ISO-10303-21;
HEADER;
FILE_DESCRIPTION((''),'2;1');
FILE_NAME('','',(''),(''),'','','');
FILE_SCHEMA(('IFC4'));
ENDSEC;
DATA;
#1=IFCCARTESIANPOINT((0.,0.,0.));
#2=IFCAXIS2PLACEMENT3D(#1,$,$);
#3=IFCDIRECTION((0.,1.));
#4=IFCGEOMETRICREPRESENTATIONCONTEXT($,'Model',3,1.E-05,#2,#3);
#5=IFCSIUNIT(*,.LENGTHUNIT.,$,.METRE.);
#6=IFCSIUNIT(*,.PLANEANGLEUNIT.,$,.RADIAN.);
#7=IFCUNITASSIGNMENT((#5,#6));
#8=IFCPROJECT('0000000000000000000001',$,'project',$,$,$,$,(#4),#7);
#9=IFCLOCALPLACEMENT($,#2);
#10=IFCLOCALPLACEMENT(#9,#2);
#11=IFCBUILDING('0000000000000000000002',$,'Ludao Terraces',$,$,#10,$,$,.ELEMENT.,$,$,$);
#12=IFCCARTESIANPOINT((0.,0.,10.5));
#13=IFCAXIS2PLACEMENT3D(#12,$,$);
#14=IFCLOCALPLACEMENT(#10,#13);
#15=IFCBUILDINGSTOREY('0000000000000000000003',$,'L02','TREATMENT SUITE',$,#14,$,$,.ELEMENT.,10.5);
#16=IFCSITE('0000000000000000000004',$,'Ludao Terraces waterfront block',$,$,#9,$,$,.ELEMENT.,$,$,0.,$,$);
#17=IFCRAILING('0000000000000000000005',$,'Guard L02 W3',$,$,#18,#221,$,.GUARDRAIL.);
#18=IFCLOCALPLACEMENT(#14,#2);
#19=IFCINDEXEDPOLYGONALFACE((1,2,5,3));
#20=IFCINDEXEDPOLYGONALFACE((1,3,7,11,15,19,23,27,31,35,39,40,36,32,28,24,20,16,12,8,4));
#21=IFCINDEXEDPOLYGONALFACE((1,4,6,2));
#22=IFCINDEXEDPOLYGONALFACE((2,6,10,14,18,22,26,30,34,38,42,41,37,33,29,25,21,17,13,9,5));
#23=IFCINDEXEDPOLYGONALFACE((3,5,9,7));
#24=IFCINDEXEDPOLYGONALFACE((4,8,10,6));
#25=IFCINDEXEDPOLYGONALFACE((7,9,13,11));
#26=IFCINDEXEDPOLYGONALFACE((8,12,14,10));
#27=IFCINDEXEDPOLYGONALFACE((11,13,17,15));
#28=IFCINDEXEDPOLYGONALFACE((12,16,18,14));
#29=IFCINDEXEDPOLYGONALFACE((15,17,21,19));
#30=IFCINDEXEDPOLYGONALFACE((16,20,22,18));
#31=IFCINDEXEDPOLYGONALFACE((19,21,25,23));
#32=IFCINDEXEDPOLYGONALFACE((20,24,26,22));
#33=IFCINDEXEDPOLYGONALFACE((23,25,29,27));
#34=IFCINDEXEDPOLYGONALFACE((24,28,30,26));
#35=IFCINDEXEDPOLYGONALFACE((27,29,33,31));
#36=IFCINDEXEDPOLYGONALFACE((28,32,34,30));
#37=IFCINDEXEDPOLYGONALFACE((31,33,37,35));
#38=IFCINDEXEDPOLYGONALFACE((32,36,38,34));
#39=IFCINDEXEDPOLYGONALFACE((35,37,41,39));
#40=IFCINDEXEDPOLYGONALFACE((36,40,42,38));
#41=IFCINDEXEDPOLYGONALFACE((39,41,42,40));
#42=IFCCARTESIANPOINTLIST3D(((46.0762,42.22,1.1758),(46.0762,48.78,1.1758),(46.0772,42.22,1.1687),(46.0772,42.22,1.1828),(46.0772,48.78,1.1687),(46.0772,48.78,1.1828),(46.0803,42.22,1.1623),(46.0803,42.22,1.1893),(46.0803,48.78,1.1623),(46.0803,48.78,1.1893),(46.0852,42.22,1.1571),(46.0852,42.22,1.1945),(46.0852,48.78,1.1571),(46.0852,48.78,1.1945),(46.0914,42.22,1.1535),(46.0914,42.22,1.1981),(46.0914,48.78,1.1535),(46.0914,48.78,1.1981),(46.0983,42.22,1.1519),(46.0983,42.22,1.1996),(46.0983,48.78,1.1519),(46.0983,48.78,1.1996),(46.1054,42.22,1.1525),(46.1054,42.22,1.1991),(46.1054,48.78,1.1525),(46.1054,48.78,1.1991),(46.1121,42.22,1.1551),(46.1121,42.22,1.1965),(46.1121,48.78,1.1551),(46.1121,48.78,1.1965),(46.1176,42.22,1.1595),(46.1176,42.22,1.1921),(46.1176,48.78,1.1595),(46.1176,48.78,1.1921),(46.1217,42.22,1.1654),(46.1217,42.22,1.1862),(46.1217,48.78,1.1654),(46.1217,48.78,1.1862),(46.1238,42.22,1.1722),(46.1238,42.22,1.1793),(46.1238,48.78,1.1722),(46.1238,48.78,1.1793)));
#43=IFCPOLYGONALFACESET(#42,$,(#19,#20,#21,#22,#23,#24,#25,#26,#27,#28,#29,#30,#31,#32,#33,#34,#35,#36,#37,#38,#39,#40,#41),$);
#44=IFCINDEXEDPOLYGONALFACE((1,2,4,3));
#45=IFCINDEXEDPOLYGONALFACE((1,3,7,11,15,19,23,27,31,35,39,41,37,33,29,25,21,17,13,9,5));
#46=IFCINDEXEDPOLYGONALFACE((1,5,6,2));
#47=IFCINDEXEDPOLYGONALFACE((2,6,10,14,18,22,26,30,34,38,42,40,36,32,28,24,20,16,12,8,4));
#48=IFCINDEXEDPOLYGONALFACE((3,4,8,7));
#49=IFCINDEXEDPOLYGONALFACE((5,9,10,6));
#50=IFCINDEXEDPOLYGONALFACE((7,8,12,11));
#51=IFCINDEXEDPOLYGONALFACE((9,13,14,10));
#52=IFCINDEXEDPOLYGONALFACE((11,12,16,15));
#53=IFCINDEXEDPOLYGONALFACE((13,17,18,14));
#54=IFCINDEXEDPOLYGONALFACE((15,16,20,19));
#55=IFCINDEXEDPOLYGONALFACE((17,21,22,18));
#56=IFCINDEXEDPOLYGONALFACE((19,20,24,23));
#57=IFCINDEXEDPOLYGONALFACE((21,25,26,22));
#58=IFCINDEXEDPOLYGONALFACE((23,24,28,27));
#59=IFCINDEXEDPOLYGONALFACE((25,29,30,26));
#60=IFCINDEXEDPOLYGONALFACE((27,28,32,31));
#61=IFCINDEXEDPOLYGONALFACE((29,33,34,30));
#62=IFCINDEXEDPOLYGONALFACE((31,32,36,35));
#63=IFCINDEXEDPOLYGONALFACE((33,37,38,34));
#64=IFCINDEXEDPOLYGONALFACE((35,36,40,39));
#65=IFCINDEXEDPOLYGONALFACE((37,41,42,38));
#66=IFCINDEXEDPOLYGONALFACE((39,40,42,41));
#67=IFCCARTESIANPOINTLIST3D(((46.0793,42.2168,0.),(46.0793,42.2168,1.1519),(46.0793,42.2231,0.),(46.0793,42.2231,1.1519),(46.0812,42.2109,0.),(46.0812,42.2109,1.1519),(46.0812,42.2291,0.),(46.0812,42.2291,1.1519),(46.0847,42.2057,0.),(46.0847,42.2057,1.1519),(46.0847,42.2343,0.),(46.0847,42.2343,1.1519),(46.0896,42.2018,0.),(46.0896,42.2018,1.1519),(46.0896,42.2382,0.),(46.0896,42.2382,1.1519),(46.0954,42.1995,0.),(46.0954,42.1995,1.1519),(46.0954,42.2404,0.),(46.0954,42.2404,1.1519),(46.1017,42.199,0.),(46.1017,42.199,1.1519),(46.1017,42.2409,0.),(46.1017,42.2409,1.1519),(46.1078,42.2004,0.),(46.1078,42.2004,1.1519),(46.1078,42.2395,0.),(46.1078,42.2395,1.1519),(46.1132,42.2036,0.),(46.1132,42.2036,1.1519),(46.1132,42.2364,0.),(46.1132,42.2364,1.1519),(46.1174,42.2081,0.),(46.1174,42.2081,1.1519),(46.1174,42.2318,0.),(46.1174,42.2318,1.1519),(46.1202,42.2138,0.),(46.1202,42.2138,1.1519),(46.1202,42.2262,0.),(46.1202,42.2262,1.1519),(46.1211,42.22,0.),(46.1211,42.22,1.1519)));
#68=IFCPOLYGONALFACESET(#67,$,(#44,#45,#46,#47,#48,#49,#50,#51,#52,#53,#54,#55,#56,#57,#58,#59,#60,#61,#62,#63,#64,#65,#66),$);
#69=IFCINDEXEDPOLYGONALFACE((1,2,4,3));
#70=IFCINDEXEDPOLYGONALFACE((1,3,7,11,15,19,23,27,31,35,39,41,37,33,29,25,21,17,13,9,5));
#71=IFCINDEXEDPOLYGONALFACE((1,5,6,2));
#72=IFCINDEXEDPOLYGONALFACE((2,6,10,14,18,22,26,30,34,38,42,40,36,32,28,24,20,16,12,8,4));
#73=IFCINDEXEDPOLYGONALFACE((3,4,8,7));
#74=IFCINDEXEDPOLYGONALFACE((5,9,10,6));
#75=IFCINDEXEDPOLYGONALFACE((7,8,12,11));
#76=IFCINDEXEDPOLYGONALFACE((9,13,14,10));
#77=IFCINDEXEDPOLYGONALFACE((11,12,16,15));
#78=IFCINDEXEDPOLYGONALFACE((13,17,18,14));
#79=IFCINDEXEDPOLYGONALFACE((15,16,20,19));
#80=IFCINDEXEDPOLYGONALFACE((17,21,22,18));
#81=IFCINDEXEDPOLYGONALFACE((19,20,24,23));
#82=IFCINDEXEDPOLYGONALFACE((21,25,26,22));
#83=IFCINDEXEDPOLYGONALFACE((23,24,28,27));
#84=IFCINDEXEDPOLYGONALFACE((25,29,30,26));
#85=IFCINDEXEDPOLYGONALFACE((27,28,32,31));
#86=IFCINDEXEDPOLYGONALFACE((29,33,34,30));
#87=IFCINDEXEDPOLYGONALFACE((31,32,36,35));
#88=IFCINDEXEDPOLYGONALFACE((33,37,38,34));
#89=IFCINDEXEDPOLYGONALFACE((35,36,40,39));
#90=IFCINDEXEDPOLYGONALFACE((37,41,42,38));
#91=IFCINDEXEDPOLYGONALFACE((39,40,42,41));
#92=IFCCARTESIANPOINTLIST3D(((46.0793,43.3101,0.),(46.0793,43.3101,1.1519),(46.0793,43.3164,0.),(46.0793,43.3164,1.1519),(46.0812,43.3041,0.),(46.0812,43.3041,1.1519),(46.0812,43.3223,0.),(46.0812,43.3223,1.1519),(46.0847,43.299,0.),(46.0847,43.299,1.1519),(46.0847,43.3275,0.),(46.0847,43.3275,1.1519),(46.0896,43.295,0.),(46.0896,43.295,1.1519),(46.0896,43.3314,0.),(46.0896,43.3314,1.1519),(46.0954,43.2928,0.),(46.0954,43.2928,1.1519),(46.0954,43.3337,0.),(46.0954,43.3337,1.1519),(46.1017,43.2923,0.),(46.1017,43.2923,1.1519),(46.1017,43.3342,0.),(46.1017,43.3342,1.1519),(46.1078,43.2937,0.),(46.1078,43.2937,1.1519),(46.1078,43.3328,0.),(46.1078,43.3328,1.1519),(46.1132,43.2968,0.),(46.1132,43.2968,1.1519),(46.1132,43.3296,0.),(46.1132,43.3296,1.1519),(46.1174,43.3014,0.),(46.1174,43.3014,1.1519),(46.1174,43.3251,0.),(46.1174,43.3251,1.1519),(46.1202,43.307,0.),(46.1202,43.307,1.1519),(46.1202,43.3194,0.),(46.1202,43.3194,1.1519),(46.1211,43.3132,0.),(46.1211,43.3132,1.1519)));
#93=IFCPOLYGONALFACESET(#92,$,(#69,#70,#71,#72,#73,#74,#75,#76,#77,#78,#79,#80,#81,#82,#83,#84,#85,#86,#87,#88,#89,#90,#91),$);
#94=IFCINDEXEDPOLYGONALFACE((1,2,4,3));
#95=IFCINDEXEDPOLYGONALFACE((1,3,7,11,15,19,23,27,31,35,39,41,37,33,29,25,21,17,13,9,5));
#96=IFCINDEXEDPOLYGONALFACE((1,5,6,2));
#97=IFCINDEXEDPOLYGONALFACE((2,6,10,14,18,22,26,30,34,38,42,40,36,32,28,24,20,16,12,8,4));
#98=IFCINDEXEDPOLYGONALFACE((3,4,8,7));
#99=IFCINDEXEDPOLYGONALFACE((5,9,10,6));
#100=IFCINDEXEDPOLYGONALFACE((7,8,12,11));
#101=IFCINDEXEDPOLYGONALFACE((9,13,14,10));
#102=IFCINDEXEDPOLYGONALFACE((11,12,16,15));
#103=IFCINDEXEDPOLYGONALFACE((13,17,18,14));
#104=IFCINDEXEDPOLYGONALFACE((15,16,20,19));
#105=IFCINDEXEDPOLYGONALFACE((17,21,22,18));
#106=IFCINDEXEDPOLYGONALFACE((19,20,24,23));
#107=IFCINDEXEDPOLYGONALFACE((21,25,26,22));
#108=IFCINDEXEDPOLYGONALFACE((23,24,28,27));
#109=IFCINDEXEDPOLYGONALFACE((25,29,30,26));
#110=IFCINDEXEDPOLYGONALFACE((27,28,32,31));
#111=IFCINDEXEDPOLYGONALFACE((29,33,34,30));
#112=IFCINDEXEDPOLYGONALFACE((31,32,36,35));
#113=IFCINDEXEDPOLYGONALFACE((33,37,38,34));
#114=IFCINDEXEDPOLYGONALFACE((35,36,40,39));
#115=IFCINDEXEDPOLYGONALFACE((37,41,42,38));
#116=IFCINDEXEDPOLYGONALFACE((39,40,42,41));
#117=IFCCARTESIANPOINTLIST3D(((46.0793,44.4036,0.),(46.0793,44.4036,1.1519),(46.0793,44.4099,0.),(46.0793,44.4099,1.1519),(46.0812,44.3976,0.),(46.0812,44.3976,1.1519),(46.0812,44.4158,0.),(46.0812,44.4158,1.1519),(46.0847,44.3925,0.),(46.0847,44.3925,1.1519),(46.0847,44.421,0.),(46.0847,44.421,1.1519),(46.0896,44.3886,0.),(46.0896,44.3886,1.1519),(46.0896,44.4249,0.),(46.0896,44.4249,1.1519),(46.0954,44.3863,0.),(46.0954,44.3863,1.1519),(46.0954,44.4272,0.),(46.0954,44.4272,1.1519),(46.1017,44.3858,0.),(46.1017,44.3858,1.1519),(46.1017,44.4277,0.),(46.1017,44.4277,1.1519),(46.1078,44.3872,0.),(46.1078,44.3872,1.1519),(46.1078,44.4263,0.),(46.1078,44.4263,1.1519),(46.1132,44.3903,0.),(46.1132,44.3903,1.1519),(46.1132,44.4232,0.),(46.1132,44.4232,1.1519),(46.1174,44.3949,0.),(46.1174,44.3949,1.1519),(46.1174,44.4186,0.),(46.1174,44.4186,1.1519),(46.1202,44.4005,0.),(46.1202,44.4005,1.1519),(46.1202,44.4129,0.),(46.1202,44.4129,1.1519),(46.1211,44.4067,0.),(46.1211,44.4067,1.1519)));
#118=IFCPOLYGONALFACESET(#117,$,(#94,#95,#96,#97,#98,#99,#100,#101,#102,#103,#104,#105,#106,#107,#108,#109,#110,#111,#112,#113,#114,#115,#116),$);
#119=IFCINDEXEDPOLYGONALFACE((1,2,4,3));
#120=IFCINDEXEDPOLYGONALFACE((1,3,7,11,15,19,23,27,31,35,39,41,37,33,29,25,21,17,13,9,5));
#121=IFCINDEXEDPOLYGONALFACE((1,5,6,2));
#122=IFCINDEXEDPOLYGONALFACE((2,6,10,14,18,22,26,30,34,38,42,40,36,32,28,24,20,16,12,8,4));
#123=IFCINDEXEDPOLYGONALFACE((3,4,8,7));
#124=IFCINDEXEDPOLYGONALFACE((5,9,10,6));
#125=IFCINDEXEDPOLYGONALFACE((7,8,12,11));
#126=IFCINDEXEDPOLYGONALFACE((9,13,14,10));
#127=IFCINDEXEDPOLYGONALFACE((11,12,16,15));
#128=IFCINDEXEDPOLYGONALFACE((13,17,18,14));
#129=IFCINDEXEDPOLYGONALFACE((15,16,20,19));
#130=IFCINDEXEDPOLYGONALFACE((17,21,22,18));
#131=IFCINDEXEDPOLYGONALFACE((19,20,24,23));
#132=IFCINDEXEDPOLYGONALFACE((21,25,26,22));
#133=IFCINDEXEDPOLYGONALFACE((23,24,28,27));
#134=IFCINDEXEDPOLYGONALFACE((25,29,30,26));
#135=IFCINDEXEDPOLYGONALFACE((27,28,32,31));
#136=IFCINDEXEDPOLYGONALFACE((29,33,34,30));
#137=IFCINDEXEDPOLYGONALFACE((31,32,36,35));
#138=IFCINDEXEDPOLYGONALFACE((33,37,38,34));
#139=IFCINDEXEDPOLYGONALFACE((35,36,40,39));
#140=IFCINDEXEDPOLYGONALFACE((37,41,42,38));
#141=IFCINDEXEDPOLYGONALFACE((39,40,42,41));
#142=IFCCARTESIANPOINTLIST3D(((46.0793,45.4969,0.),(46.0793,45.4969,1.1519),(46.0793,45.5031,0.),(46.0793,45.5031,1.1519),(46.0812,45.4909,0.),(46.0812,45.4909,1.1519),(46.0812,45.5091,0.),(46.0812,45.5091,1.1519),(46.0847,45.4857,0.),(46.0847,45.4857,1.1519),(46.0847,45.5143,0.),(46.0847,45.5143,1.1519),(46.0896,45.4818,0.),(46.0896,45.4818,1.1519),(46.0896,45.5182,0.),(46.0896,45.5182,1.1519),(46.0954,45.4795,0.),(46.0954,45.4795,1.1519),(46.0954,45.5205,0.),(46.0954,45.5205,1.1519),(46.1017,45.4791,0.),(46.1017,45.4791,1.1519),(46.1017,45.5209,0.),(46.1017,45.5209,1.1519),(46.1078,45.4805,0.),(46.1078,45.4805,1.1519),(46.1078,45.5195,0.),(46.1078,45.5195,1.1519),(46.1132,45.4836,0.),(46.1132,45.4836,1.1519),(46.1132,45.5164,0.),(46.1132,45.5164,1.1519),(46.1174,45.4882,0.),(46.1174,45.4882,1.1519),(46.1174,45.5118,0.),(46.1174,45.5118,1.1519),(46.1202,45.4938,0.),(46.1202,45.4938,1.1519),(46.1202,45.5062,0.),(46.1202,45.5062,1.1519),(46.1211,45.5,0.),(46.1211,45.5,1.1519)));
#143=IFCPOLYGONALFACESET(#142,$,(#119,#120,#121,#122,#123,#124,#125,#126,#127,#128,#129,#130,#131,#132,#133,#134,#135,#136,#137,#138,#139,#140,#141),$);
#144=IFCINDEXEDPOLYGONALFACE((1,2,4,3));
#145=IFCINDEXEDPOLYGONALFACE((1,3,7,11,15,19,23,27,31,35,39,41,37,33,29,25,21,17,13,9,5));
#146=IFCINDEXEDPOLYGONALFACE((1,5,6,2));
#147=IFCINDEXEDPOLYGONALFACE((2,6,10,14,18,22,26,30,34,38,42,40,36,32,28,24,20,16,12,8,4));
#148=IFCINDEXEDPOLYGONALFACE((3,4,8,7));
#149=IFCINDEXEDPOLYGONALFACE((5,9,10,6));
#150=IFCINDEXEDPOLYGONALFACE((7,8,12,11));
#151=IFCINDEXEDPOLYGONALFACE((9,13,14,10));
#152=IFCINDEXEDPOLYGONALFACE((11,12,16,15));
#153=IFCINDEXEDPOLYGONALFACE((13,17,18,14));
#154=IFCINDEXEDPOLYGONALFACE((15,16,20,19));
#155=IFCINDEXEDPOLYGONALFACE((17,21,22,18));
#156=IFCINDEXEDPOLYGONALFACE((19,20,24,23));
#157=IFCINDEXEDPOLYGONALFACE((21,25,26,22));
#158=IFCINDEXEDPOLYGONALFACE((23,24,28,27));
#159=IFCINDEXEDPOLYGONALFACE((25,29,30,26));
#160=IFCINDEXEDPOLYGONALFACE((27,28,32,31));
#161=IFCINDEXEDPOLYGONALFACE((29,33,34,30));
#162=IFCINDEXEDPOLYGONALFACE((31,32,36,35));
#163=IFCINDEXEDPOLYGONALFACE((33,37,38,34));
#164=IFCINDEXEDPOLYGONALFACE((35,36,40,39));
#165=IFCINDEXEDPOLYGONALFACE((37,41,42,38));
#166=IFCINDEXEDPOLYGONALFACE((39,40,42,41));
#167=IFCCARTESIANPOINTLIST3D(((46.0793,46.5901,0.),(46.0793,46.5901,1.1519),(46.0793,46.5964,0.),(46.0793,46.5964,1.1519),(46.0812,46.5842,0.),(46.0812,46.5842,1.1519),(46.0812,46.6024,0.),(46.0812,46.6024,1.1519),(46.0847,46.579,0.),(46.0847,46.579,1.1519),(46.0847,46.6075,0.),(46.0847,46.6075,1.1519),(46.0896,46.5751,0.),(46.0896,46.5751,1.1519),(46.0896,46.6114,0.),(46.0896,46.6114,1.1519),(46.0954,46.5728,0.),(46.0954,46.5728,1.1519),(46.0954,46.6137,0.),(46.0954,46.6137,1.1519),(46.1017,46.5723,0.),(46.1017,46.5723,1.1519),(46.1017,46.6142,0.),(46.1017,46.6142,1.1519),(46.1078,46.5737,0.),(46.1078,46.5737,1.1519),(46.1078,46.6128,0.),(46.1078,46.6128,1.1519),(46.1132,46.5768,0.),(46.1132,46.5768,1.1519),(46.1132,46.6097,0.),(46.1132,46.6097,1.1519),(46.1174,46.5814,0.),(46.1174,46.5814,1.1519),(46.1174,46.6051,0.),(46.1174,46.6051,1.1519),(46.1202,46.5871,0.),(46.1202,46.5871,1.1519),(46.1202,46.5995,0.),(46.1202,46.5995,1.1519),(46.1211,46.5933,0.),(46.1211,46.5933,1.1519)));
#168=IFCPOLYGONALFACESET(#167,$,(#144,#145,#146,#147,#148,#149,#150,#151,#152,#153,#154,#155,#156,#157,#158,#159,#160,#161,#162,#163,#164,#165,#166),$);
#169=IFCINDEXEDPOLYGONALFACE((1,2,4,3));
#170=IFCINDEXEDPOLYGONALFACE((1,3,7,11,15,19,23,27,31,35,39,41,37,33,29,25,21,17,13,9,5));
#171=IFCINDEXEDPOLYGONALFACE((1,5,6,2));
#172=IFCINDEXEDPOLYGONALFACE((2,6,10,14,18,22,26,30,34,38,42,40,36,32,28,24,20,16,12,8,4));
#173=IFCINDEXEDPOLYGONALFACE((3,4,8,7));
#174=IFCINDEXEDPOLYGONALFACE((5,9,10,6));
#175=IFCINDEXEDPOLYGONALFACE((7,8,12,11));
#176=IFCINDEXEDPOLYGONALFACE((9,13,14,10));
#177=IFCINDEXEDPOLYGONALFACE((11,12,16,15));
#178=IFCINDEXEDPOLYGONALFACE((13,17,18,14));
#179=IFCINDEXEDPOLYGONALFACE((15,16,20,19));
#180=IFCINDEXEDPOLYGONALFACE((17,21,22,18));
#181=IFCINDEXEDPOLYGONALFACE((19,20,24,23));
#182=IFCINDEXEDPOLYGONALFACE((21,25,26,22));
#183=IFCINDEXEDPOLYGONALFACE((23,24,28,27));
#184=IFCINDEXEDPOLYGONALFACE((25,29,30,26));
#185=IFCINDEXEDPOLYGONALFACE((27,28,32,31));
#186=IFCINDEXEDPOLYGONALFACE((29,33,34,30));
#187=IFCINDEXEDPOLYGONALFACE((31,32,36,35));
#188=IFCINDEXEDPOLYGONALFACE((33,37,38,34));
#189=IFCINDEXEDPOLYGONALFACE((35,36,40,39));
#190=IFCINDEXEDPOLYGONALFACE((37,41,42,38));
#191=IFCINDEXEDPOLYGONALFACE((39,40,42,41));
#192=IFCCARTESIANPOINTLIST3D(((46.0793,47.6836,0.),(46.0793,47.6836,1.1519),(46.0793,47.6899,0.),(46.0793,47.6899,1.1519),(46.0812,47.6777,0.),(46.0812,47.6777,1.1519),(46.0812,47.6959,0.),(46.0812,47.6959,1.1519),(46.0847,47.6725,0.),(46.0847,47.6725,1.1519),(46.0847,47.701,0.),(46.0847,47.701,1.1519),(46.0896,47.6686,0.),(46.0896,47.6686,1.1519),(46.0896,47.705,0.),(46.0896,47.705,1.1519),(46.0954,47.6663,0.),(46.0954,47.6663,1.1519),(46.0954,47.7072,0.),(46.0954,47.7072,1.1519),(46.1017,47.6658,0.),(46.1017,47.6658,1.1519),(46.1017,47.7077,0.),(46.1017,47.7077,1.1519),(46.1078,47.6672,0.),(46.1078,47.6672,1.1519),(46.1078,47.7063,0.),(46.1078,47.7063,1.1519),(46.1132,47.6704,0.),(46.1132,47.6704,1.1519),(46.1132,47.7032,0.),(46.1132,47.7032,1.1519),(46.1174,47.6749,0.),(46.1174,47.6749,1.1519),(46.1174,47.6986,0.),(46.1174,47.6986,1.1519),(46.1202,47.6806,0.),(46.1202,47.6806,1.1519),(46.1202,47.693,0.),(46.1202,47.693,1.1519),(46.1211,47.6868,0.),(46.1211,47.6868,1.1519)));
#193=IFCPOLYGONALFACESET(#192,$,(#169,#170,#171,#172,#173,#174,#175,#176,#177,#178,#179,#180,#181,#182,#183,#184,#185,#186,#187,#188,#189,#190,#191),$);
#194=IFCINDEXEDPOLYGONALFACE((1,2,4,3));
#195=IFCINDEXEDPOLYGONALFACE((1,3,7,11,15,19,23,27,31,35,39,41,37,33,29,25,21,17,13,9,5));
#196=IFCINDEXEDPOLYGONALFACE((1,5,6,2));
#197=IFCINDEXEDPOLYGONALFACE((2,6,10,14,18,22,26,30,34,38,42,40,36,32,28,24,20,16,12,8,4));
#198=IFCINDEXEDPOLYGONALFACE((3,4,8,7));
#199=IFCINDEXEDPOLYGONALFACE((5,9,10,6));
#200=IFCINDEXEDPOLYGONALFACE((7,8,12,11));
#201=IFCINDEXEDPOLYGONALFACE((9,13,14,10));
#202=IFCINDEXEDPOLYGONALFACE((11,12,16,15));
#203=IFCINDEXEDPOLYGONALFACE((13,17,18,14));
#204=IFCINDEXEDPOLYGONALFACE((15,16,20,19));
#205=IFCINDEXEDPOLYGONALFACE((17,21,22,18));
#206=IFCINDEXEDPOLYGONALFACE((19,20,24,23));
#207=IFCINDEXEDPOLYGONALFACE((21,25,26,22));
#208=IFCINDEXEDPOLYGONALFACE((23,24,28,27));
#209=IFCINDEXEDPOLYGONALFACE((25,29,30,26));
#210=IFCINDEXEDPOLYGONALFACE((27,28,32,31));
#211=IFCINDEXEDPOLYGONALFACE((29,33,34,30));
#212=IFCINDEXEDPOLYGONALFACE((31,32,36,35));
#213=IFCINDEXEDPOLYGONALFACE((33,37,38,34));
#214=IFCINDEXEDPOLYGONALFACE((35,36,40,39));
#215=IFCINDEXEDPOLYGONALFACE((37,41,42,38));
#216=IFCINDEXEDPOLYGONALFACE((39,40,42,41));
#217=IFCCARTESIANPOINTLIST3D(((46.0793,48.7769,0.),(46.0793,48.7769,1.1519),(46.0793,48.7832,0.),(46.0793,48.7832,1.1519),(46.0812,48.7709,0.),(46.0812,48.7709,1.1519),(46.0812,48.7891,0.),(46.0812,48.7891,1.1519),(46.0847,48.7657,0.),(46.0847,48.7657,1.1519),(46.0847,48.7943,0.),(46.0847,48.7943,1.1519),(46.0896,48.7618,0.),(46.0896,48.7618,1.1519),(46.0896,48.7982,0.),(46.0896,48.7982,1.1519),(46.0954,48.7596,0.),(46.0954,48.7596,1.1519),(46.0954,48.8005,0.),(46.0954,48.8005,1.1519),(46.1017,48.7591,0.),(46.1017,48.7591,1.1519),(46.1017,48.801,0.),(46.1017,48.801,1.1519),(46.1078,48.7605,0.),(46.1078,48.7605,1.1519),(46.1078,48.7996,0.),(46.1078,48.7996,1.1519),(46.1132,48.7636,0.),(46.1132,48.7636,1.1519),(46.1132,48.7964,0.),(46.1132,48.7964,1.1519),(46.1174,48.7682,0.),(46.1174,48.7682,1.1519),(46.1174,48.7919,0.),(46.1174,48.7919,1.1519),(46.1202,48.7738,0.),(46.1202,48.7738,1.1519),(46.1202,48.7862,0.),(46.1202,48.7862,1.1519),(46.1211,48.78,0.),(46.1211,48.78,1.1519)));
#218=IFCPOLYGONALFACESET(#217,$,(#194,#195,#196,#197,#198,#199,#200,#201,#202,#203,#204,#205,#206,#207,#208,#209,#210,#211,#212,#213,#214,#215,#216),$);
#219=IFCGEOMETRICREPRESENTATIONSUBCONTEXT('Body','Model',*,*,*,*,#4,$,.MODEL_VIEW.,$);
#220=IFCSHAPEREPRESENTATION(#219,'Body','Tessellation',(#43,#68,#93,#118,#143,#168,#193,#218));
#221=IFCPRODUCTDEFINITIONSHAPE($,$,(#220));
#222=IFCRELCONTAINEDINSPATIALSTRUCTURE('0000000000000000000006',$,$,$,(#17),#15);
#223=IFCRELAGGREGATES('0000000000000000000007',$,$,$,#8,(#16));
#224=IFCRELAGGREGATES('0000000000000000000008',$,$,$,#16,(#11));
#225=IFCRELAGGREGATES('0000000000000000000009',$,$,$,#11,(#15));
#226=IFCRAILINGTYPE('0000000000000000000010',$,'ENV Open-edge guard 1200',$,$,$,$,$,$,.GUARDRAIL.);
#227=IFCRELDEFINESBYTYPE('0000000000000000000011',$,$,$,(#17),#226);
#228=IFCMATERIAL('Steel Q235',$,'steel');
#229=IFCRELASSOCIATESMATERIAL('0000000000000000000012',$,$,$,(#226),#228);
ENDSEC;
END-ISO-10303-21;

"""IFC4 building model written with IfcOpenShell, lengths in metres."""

from ifc_helpers import new_model, si_unit, direction, frame, origin, origin_2d, place, context, subcontext, project, spatial, circle, extrude, material, type_object, element, save


model = new_model("IFC4")

# Units and contexts
model_context = context("Model", 3, precision=1e-05, world=origin(), true_north=direction((0.0, 1.0)))
body_context = subcontext(model_context, "Body", "Model", "MODEL_VIEW")
ifc_project = project(units=[si_unit("LENGTHUNIT", "METRE"), si_unit("PLANEANGLEUNIT", "RADIAN")], contexts=[model_context])

# Site, building, storey
site_placement = place(None, origin())
site = spatial("IfcSite", under=ifc_project, at=site_placement, Name="Ludao Terraces waterfront block", CompositionType="ELEMENT", RefElevation=0.0)
building_placement = place(site_placement, origin())
building = spatial("IfcBuilding", under=site, at=building_placement, Name="Ludao Terraces", CompositionType="ELEMENT")
storey_placement = place(building_placement, frame((0.0, 0.0, 10.5)))
storey = spatial("IfcBuildingStorey", under=building, at=storey_placement, Name="L02", Description="TREATMENT SUITE", CompositionType="ELEMENT", Elevation=10.5)

# Shared definitions
ifc_material_1 = material(Name="Steel Q235", Category="steel")

# Railing
railing_type = type_object("IfcRailingType", Name="ENV Open-edge guard 1200", PredefinedType="GUARDRAIL", material=ifc_material_1)
railing_1_placement = place(storey_placement, frame((46.1001, 42.22, 0.0)))
element("IfcRailing", 1, at=railing_1_placement, inside=storey, type_object=railing_type, Name="Guard L02 W3", PredefinedType="GUARDRAIL", context=body_context, shape_type="SweptSolid", body=[
    extrude(circle(Radius=0.0239, at=origin_2d()), frame((0.0, 0.0, 1.1758), z_axis=(0.0, 1.0, 0.0), x_axis=(-1.0, 0.0, 0.0)), (0.0, 0.0, 1.0), 6.5601),
    extrude(circle(Radius=0.021, at=origin_2d()), origin(), (0.0, 0.0, 1.0), 1.1519),
    extrude(circle(Radius=0.021, at=origin_2d()), frame((0.0, 1.0933, 0.0)), (0.0, 0.0, 1.0), 1.1519),
    extrude(circle(Radius=0.021, at=origin_2d()), frame((0.0, 2.1868, 0.0)), (0.0, 0.0, 1.0), 1.1519),
    extrude(circle(Radius=0.021, at=origin_2d()), frame((0.0, 3.28, 0.0)), (0.0, 0.0, 1.0), 1.1519),
    extrude(circle(Radius=0.021, at=origin_2d()), frame((0.0, 4.3733, 0.0)), (0.0, 0.0, 1.0), 1.1519),
    extrude(circle(Radius=0.021, at=origin_2d()), frame((0.0, 5.4668, 0.0)), (0.0, 0.0, 1.0), 1.1519),
    extrude(circle(Radius=0.021, at=origin_2d()), frame((0.0, 6.5601, 0.0)), (0.0, 0.0, 1.0), 1.1519),
])

save(model, "model.ifc")
